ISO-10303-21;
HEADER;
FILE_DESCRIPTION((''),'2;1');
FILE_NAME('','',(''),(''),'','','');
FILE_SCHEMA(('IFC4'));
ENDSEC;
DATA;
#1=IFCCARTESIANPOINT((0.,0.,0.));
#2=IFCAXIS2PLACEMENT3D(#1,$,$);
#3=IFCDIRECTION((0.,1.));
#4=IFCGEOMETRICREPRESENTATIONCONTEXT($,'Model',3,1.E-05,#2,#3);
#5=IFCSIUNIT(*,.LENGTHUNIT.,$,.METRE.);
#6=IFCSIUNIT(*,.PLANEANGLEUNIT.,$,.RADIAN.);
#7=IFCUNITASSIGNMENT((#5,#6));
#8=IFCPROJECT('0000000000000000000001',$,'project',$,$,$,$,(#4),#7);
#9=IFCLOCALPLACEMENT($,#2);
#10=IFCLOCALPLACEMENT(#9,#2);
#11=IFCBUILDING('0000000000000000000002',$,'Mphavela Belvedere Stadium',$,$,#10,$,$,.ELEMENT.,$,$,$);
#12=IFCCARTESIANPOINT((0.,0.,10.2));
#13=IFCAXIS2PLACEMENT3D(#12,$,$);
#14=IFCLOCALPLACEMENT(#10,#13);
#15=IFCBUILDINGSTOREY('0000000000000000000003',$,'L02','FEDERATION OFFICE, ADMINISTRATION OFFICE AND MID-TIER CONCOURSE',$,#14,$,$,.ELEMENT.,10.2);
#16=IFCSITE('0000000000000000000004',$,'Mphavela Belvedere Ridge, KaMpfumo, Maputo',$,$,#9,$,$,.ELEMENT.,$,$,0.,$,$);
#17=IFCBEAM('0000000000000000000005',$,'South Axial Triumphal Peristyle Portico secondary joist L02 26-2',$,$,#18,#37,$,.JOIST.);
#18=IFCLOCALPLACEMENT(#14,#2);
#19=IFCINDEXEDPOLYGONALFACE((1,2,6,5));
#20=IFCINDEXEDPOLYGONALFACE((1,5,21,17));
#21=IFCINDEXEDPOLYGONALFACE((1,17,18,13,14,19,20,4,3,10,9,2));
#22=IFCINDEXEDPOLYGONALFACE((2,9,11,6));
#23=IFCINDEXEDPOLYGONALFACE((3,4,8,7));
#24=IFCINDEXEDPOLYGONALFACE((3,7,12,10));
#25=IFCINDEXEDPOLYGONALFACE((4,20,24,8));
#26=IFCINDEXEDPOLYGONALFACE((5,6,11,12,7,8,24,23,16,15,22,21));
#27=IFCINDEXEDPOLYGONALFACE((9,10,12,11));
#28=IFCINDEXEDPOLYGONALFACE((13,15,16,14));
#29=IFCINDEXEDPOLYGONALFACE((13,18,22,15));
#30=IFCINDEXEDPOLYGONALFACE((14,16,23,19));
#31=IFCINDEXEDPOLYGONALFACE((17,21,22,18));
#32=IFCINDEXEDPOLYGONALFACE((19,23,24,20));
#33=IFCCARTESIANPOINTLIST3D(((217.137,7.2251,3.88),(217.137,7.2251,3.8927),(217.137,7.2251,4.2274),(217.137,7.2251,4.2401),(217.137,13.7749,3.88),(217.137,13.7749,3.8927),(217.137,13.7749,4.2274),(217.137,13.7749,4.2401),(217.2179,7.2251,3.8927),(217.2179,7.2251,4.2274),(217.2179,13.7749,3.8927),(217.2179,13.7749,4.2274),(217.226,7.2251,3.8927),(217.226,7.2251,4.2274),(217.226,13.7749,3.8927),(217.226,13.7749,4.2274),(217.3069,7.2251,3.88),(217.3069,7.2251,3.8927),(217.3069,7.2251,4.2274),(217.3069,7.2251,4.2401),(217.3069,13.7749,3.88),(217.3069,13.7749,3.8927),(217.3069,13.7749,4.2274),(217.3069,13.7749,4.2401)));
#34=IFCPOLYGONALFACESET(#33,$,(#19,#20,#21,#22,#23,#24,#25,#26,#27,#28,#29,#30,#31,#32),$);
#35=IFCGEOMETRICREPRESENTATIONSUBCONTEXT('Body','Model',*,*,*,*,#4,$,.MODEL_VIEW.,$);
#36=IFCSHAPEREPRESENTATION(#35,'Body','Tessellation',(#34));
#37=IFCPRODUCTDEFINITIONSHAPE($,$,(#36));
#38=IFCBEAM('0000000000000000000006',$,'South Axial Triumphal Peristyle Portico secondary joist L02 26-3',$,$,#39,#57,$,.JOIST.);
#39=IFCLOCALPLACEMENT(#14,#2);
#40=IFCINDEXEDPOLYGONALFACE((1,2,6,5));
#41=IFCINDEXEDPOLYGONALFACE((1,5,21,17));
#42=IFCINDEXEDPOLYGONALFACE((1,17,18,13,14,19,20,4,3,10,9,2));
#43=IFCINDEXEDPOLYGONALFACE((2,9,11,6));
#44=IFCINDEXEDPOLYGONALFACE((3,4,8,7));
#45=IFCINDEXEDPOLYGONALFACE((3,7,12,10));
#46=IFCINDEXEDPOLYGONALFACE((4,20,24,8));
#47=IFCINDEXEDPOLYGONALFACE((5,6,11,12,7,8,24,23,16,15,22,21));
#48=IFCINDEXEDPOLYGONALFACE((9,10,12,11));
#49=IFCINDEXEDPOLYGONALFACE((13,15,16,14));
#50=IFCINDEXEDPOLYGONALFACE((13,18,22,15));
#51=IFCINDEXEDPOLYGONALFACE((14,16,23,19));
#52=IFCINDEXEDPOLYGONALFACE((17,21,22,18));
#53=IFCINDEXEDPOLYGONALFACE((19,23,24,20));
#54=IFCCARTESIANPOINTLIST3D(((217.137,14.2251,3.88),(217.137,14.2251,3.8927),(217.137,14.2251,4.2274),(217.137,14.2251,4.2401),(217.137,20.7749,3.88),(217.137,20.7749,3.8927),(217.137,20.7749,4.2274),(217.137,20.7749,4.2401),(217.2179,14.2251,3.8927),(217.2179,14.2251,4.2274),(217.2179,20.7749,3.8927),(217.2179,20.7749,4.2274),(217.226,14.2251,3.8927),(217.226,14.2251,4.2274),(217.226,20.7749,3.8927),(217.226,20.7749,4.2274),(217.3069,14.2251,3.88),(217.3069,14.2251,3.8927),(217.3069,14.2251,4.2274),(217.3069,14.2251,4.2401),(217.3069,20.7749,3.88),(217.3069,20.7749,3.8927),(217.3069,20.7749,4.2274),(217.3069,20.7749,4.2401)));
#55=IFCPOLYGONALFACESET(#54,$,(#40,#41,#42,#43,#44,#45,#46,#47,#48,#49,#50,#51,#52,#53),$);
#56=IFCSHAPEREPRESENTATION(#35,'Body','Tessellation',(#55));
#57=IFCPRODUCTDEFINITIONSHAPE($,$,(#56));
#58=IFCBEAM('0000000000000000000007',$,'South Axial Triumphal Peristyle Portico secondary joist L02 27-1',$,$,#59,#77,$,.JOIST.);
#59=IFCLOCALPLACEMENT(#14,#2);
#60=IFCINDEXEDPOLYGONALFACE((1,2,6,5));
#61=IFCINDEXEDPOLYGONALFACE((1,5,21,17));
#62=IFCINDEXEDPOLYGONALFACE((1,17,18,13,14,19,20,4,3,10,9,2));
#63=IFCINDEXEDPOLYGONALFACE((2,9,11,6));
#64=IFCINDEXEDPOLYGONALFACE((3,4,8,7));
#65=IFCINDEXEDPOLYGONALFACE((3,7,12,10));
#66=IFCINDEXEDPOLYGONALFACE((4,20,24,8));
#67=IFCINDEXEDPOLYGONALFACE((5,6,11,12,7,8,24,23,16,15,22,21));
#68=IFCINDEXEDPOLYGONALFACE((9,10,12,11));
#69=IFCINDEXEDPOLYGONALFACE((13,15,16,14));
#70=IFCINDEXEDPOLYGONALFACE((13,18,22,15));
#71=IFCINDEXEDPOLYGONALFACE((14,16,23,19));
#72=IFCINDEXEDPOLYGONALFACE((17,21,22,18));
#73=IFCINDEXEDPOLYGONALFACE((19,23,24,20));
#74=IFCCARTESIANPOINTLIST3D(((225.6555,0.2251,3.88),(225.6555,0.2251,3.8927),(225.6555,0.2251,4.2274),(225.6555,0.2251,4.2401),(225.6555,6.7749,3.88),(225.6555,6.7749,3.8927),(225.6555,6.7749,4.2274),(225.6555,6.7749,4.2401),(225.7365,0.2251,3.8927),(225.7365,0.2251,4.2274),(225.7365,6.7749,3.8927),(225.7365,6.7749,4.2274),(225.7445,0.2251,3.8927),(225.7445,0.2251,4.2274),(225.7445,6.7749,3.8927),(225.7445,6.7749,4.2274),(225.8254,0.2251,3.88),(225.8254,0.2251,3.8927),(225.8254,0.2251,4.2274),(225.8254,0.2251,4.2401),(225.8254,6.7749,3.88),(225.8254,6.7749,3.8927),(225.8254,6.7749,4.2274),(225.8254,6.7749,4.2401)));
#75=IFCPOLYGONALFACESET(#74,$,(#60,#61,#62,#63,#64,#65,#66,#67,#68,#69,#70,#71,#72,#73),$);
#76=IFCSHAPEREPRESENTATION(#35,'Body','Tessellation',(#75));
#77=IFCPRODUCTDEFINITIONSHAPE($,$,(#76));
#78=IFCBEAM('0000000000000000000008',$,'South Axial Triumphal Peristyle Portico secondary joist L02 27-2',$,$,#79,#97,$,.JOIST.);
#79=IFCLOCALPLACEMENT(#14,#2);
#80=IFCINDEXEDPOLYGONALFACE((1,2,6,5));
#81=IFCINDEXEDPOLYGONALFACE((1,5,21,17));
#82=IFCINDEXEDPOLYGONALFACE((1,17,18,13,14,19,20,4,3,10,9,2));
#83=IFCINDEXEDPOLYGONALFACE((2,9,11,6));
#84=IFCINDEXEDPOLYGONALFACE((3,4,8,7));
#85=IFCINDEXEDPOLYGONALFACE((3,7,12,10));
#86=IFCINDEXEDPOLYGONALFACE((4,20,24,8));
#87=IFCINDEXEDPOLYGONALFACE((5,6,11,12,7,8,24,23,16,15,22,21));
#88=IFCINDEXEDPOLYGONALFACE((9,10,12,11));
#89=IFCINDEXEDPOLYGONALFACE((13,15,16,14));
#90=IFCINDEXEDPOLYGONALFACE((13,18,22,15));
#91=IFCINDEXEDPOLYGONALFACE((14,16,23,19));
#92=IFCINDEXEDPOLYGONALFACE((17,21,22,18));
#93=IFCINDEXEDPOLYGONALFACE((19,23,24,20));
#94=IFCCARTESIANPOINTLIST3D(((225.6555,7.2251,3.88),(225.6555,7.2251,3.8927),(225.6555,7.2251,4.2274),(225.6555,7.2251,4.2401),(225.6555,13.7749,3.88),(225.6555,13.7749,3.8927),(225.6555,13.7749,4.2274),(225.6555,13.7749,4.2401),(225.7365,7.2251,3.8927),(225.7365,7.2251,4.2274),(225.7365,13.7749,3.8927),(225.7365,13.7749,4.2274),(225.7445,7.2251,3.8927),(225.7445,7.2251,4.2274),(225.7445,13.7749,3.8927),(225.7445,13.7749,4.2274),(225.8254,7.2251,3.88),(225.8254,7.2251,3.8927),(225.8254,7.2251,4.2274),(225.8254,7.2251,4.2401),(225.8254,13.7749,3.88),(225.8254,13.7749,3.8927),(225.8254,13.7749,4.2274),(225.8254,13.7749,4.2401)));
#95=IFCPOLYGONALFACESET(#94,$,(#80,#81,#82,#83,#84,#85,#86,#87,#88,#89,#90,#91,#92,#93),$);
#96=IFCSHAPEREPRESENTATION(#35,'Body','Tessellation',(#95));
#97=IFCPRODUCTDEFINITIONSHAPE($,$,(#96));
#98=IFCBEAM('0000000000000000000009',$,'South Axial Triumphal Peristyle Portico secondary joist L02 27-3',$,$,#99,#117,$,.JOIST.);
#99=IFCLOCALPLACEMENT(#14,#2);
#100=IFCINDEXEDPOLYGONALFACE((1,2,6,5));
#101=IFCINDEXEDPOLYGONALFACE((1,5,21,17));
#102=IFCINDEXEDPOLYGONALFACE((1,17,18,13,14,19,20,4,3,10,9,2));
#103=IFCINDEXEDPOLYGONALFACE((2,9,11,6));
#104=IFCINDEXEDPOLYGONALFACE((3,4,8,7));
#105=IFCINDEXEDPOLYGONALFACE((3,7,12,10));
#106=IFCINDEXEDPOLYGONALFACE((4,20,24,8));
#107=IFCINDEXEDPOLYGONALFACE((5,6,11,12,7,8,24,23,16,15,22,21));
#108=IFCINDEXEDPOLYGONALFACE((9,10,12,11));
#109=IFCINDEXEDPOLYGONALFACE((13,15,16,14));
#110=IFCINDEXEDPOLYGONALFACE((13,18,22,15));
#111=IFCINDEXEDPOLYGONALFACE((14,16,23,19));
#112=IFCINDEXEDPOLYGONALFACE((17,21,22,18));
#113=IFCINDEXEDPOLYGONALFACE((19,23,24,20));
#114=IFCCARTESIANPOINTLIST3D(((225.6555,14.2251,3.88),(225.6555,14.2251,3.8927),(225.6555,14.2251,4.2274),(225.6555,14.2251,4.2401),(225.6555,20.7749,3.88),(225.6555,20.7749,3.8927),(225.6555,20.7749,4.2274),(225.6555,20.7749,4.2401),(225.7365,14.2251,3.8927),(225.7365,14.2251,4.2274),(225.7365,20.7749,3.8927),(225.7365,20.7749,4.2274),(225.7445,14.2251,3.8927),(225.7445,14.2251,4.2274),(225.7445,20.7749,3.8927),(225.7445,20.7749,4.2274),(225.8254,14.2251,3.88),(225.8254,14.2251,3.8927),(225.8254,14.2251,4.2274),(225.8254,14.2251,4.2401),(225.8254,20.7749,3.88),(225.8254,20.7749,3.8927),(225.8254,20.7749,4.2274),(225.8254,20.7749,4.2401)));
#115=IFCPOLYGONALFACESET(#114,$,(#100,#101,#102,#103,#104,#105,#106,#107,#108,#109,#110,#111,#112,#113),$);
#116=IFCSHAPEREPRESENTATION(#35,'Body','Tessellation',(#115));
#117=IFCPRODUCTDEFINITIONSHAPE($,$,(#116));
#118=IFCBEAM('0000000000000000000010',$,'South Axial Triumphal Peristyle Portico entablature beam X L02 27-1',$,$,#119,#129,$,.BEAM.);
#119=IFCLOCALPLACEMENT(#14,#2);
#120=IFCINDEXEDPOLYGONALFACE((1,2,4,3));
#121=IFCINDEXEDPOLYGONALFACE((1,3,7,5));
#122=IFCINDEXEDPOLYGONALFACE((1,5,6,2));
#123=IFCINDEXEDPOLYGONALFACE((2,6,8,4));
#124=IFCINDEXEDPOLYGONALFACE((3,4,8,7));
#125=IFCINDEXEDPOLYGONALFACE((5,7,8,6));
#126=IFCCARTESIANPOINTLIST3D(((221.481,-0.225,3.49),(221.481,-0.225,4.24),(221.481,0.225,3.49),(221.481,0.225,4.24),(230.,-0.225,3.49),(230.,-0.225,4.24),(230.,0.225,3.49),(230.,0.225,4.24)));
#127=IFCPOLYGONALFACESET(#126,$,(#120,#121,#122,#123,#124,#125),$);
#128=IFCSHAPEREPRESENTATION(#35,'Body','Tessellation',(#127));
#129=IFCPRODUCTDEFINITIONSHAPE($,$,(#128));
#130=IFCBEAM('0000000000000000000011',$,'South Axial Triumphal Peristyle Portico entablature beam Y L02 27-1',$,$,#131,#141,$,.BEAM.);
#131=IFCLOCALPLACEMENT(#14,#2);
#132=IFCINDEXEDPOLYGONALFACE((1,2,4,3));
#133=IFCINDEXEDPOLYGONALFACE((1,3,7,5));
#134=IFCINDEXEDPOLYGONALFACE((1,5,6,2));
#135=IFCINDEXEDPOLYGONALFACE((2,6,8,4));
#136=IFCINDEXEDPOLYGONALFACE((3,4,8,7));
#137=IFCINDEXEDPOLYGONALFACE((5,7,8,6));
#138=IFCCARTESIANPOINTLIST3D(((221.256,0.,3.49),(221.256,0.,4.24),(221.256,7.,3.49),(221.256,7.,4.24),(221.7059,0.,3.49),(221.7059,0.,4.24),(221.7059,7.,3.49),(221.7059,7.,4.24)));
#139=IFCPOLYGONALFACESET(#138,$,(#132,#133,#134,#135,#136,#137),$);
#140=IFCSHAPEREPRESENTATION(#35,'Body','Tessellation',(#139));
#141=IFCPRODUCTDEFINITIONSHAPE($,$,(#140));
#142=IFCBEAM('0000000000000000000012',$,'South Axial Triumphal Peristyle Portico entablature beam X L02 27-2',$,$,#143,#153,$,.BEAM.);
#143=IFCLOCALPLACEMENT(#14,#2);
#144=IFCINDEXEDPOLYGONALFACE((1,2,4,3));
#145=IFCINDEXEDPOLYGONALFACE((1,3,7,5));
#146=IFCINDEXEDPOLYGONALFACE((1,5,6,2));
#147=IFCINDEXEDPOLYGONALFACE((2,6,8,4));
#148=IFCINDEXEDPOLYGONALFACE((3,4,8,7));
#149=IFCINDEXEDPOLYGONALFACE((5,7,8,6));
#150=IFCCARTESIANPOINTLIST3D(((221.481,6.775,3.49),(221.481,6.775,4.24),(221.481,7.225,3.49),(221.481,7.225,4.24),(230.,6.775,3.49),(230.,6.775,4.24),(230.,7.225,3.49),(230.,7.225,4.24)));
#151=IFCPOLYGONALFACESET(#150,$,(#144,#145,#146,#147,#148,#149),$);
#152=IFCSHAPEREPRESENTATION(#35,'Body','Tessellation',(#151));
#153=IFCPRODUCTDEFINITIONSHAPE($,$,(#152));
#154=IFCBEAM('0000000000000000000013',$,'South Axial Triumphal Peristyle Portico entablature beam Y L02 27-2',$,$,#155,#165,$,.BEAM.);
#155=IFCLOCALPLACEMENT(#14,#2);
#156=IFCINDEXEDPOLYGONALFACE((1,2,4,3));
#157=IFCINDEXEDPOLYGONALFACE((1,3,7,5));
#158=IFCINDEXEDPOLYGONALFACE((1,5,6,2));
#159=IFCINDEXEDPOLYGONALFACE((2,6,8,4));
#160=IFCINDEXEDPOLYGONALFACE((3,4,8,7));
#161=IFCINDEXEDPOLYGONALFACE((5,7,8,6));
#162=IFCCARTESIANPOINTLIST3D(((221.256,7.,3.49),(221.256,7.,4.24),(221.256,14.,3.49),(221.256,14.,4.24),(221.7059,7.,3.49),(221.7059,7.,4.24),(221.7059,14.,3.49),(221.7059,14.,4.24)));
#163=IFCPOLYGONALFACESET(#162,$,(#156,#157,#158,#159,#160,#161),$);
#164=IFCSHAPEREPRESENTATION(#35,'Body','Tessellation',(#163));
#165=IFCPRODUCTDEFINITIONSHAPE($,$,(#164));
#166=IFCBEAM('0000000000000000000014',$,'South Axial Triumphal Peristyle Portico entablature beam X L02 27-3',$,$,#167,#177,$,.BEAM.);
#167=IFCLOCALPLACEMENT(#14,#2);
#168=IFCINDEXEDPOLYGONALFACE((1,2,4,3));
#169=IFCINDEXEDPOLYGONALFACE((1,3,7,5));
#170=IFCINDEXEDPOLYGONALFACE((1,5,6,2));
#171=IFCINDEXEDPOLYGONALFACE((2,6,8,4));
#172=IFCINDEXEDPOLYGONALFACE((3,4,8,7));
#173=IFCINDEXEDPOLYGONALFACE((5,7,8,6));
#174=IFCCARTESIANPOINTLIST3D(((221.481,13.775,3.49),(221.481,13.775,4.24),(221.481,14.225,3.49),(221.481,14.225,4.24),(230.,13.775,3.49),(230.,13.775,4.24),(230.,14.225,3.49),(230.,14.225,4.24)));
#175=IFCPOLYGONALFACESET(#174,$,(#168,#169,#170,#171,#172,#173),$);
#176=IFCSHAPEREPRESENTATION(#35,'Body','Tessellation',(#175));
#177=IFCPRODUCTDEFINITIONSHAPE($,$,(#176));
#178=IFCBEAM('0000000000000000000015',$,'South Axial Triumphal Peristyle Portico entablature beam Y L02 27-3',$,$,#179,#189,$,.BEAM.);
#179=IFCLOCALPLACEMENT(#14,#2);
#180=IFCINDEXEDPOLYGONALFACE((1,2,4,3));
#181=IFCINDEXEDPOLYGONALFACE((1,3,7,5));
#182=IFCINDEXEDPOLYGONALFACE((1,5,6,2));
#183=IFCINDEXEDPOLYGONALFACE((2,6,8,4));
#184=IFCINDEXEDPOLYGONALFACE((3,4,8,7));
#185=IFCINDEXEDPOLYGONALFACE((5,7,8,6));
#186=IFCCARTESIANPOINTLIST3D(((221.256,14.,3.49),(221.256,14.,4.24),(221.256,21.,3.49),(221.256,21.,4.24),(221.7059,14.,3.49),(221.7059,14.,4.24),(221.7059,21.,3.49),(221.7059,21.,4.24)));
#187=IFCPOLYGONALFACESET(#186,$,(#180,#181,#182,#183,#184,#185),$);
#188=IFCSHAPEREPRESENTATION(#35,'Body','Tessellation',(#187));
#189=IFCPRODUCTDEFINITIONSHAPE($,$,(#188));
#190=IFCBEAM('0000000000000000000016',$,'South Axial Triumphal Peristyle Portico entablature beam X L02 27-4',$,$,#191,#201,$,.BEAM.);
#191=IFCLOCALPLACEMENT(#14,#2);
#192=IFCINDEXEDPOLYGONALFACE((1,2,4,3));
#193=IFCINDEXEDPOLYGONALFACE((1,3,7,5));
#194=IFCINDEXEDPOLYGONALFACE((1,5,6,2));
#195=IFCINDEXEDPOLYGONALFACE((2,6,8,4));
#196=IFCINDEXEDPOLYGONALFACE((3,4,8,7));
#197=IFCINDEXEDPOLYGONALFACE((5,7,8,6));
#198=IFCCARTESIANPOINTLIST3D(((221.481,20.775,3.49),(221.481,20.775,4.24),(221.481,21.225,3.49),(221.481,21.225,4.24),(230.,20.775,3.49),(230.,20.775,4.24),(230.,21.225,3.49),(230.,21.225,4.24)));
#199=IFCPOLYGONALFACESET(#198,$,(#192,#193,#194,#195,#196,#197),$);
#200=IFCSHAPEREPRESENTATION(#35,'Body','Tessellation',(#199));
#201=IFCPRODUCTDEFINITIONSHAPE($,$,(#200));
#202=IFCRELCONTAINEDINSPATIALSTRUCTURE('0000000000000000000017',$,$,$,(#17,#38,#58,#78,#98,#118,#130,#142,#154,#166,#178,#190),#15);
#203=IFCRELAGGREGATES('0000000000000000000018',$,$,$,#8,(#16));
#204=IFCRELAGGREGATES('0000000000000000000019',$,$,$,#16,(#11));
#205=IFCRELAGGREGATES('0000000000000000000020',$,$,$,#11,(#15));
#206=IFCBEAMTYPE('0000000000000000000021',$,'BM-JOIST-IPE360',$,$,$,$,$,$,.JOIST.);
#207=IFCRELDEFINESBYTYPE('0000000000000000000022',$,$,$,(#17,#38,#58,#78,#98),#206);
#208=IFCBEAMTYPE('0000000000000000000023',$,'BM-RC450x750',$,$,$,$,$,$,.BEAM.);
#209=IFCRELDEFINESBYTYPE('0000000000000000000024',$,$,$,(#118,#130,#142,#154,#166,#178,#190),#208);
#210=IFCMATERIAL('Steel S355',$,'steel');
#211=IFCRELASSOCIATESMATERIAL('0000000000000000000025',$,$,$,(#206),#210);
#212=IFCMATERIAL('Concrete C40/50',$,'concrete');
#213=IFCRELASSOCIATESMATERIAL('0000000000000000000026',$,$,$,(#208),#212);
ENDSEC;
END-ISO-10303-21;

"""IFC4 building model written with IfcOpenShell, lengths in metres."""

from ifc_helpers import new_model, si_unit, direction, frame, origin, origin_2d, place, context, subcontext, project, spatial, rectangle, i_section, extrude, material, material_profile, profile_set, type_object, element, save


model = new_model("IFC4")

# Units and contexts
model_context = context("Model", 3, precision=1e-05, world=origin(), true_north=direction((0.0, 1.0)))
body_context = subcontext(model_context, "Body", "Model", "MODEL_VIEW")
ifc_project = project(units=[si_unit("LENGTHUNIT", "METRE"), si_unit("PLANEANGLEUNIT", "RADIAN")], contexts=[model_context])

# Site, building, storey
site_placement = place(None, origin())
site = spatial("IfcSite", under=ifc_project, at=site_placement, Name="Mphavela Belvedere Ridge, KaMpfumo, Maputo", CompositionType="ELEMENT", RefElevation=0.0)
building_placement = place(site_placement, origin())
building = spatial("IfcBuilding", under=site, at=building_placement, Name="Mphavela Belvedere Stadium", CompositionType="ELEMENT")
storey_placement = place(building_placement, frame((0.0, 0.0, 10.2)))
storey = spatial("IfcBuildingStorey", under=building, at=storey_placement, Name="L02", Description="FEDERATION OFFICE, ADMINISTRATION OFFICE AND MID-TIER CONCOURSE", CompositionType="ELEMENT", Elevation=10.2)

# Beams
ifc_material_1 = material(Name="Steel S355", Category="steel")
ifc_material_profile_1 = material_profile(ifc_material_1, i_section(OverallWidth=0.1699, OverallDepth=0.3601, WebThickness=0.0081, FlangeThickness=0.0127, at=origin_2d()), Name="IPE 360")
ifc_profile_set_1 = profile_set([ifc_material_profile_1], Name="Steel S355")
beam_type_1 = type_object("IfcBeamType", Name="BM-JOIST-IPE360", PredefinedType="JOIST", material=ifc_profile_set_1)
for number, where, z_axis, x_axis, name in (
    (1, (217.2219, 7.2251, 4.0601), (0.0, 1.0, 0.0), (-1.0, 0.0, 0.0), "South Axial Triumphal Peristyle Portico secondary joist L02 26-2"),
    (2, (217.2219, 14.2251, 4.0601), (0.0, 1.0, 0.0), (-1.0, 0.0, 0.0), "South Axial Triumphal Peristyle Portico secondary joist L02 26-3"),
    (3, (225.7405, 0.2251, 4.0601), (0.0, 1.0, 0.0), (-1.0, 0.0, 0.0), "South Axial Triumphal Peristyle Portico secondary joist L02 27-1"),
    (4, (225.7405, 7.2251, 4.0601), (0.0, 1.0, 0.0), (-1.0, 0.0, 0.0), "South Axial Triumphal Peristyle Portico secondary joist L02 27-2"),
    (5, (225.7405, 14.2251, 4.0601), (0.0, 1.0, 0.0), (-1.0, 0.0, 0.0), "South Axial Triumphal Peristyle Portico secondary joist L02 27-3"),
):
    element("IfcBeam", number, at=place(storey_placement, frame(where, z_axis=z_axis, x_axis=x_axis)), inside=storey, type_object=beam_type_1, Name=name, PredefinedType="JOIST", context=body_context, shape_type="SweptSolid", body=[
        extrude(i_section(OverallWidth=0.1699, OverallDepth=0.3601, WebThickness=0.0081, FlangeThickness=0.0127, at=origin_2d()), origin(), (0.0, 0.0, 1.0), 6.5498),
    ])
ifc_material_2 = material(Name="Concrete C40/50", Category="concrete")
ifc_material_profile_2 = material_profile(ifc_material_2, rectangle(XDim=0.45, YDim=0.75, at=origin_2d()), Name="RC 450x750")
ifc_profile_set_2 = profile_set([ifc_material_profile_2], Name="Concrete C40/50")
beam_type_2 = type_object("IfcBeamType", Name="BM-RC450x750", PredefinedType="BEAM", material=ifc_profile_set_2)
beam_1_placement = place(storey_placement, frame((221.481, 0.0, 3.865), z_axis=(1.0, 0.0, 0.0), x_axis=(0.0, 1.0, 0.0)))
element("IfcBeam", 6, at=beam_1_placement, inside=storey, type_object=beam_type_2, Name="South Axial Triumphal Peristyle Portico entablature beam X L02 27-1", PredefinedType="BEAM", context=body_context, shape_type="SweptSolid", body=[
    extrude(rectangle(XDim=0.45, YDim=0.75, at=origin_2d()), origin(), (0.0, 0.0, 1.0), 8.519),
])
beam_2_placement = place(storey_placement, frame((221.481, 0.0, 3.865), z_axis=(0.0, 1.0, 0.0), x_axis=(-1.0, 0.0, 0.0)))
element("IfcBeam", 7, at=beam_2_placement, inside=storey, type_object=beam_type_2, Name="South Axial Triumphal Peristyle Portico entablature beam Y L02 27-1", PredefinedType="BEAM", context=body_context, shape_type="SweptSolid", body=[
    extrude(rectangle(XDim=0.45, YDim=0.75, at=origin_2d()), origin(), (0.0, 0.0, 1.0), 7.0),
])
beam_3_placement = place(storey_placement, frame((221.481, 7.0, 3.865), z_axis=(1.0, 0.0, 0.0), x_axis=(0.0, 1.0, 0.0)))
element("IfcBeam", 8, at=beam_3_placement, inside=storey, type_object=beam_type_2, Name="South Axial Triumphal Peristyle Portico entablature beam X L02 27-2", PredefinedType="BEAM", context=body_context, shape_type="SweptSolid", body=[
    extrude(rectangle(XDim=0.45, YDim=0.75, at=origin_2d()), origin(), (0.0, 0.0, 1.0), 8.519),
])
beam_4_placement = place(storey_placement, frame((221.481, 7.0, 3.865), z_axis=(0.0, 1.0, 0.0), x_axis=(-1.0, 0.0, 0.0)))
element("IfcBeam", 9, at=beam_4_placement, inside=storey, type_object=beam_type_2, Name="South Axial Triumphal Peristyle Portico entablature beam Y L02 27-2", PredefinedType="BEAM", context=body_context, shape_type="SweptSolid", body=[
    extrude(rectangle(XDim=0.45, YDim=0.75, at=origin_2d()), origin(), (0.0, 0.0, 1.0), 7.0),
])
beam_5_placement = place(storey_placement, frame((221.481, 14.0, 3.865), z_axis=(1.0, 0.0, 0.0), x_axis=(0.0, 1.0, 0.0)))
element("IfcBeam", 10, at=beam_5_placement, inside=storey, type_object=beam_type_2, Name="South Axial Triumphal Peristyle Portico entablature beam X L02 27-3", PredefinedType="BEAM", context=body_context, shape_type="SweptSolid", body=[
    extrude(rectangle(XDim=0.45, YDim=0.75, at=origin_2d()), origin(), (0.0, 0.0, 1.0), 8.519),
])
beam_6_placement = place(storey_placement, frame((221.481, 14.0, 3.865), z_axis=(0.0, 1.0, 0.0), x_axis=(-1.0, 0.0, 0.0)))
element("IfcBeam", 11, at=beam_6_placement, inside=storey, type_object=beam_type_2, Name="South Axial Triumphal Peristyle Portico entablature beam Y L02 27-3", PredefinedType="BEAM", context=body_context, shape_type="SweptSolid", body=[
    extrude(rectangle(XDim=0.45, YDim=0.75, at=origin_2d()), origin(), (0.0, 0.0, 1.0), 7.0),
])
beam_7_placement = place(storey_placement, frame((221.481, 21.0, 3.865), z_axis=(1.0, 0.0, 0.0), x_axis=(0.0, 1.0, 0.0)))
element("IfcBeam", 12, at=beam_7_placement, inside=storey, type_object=beam_type_2, Name="South Axial Triumphal Peristyle Portico entablature beam X L02 27-4", PredefinedType="BEAM", context=body_context, shape_type="SweptSolid", body=[
    extrude(rectangle(XDim=0.45, YDim=0.75, at=origin_2d()), origin(), (0.0, 0.0, 1.0), 8.519),
])

save(model, "model.ifc")
